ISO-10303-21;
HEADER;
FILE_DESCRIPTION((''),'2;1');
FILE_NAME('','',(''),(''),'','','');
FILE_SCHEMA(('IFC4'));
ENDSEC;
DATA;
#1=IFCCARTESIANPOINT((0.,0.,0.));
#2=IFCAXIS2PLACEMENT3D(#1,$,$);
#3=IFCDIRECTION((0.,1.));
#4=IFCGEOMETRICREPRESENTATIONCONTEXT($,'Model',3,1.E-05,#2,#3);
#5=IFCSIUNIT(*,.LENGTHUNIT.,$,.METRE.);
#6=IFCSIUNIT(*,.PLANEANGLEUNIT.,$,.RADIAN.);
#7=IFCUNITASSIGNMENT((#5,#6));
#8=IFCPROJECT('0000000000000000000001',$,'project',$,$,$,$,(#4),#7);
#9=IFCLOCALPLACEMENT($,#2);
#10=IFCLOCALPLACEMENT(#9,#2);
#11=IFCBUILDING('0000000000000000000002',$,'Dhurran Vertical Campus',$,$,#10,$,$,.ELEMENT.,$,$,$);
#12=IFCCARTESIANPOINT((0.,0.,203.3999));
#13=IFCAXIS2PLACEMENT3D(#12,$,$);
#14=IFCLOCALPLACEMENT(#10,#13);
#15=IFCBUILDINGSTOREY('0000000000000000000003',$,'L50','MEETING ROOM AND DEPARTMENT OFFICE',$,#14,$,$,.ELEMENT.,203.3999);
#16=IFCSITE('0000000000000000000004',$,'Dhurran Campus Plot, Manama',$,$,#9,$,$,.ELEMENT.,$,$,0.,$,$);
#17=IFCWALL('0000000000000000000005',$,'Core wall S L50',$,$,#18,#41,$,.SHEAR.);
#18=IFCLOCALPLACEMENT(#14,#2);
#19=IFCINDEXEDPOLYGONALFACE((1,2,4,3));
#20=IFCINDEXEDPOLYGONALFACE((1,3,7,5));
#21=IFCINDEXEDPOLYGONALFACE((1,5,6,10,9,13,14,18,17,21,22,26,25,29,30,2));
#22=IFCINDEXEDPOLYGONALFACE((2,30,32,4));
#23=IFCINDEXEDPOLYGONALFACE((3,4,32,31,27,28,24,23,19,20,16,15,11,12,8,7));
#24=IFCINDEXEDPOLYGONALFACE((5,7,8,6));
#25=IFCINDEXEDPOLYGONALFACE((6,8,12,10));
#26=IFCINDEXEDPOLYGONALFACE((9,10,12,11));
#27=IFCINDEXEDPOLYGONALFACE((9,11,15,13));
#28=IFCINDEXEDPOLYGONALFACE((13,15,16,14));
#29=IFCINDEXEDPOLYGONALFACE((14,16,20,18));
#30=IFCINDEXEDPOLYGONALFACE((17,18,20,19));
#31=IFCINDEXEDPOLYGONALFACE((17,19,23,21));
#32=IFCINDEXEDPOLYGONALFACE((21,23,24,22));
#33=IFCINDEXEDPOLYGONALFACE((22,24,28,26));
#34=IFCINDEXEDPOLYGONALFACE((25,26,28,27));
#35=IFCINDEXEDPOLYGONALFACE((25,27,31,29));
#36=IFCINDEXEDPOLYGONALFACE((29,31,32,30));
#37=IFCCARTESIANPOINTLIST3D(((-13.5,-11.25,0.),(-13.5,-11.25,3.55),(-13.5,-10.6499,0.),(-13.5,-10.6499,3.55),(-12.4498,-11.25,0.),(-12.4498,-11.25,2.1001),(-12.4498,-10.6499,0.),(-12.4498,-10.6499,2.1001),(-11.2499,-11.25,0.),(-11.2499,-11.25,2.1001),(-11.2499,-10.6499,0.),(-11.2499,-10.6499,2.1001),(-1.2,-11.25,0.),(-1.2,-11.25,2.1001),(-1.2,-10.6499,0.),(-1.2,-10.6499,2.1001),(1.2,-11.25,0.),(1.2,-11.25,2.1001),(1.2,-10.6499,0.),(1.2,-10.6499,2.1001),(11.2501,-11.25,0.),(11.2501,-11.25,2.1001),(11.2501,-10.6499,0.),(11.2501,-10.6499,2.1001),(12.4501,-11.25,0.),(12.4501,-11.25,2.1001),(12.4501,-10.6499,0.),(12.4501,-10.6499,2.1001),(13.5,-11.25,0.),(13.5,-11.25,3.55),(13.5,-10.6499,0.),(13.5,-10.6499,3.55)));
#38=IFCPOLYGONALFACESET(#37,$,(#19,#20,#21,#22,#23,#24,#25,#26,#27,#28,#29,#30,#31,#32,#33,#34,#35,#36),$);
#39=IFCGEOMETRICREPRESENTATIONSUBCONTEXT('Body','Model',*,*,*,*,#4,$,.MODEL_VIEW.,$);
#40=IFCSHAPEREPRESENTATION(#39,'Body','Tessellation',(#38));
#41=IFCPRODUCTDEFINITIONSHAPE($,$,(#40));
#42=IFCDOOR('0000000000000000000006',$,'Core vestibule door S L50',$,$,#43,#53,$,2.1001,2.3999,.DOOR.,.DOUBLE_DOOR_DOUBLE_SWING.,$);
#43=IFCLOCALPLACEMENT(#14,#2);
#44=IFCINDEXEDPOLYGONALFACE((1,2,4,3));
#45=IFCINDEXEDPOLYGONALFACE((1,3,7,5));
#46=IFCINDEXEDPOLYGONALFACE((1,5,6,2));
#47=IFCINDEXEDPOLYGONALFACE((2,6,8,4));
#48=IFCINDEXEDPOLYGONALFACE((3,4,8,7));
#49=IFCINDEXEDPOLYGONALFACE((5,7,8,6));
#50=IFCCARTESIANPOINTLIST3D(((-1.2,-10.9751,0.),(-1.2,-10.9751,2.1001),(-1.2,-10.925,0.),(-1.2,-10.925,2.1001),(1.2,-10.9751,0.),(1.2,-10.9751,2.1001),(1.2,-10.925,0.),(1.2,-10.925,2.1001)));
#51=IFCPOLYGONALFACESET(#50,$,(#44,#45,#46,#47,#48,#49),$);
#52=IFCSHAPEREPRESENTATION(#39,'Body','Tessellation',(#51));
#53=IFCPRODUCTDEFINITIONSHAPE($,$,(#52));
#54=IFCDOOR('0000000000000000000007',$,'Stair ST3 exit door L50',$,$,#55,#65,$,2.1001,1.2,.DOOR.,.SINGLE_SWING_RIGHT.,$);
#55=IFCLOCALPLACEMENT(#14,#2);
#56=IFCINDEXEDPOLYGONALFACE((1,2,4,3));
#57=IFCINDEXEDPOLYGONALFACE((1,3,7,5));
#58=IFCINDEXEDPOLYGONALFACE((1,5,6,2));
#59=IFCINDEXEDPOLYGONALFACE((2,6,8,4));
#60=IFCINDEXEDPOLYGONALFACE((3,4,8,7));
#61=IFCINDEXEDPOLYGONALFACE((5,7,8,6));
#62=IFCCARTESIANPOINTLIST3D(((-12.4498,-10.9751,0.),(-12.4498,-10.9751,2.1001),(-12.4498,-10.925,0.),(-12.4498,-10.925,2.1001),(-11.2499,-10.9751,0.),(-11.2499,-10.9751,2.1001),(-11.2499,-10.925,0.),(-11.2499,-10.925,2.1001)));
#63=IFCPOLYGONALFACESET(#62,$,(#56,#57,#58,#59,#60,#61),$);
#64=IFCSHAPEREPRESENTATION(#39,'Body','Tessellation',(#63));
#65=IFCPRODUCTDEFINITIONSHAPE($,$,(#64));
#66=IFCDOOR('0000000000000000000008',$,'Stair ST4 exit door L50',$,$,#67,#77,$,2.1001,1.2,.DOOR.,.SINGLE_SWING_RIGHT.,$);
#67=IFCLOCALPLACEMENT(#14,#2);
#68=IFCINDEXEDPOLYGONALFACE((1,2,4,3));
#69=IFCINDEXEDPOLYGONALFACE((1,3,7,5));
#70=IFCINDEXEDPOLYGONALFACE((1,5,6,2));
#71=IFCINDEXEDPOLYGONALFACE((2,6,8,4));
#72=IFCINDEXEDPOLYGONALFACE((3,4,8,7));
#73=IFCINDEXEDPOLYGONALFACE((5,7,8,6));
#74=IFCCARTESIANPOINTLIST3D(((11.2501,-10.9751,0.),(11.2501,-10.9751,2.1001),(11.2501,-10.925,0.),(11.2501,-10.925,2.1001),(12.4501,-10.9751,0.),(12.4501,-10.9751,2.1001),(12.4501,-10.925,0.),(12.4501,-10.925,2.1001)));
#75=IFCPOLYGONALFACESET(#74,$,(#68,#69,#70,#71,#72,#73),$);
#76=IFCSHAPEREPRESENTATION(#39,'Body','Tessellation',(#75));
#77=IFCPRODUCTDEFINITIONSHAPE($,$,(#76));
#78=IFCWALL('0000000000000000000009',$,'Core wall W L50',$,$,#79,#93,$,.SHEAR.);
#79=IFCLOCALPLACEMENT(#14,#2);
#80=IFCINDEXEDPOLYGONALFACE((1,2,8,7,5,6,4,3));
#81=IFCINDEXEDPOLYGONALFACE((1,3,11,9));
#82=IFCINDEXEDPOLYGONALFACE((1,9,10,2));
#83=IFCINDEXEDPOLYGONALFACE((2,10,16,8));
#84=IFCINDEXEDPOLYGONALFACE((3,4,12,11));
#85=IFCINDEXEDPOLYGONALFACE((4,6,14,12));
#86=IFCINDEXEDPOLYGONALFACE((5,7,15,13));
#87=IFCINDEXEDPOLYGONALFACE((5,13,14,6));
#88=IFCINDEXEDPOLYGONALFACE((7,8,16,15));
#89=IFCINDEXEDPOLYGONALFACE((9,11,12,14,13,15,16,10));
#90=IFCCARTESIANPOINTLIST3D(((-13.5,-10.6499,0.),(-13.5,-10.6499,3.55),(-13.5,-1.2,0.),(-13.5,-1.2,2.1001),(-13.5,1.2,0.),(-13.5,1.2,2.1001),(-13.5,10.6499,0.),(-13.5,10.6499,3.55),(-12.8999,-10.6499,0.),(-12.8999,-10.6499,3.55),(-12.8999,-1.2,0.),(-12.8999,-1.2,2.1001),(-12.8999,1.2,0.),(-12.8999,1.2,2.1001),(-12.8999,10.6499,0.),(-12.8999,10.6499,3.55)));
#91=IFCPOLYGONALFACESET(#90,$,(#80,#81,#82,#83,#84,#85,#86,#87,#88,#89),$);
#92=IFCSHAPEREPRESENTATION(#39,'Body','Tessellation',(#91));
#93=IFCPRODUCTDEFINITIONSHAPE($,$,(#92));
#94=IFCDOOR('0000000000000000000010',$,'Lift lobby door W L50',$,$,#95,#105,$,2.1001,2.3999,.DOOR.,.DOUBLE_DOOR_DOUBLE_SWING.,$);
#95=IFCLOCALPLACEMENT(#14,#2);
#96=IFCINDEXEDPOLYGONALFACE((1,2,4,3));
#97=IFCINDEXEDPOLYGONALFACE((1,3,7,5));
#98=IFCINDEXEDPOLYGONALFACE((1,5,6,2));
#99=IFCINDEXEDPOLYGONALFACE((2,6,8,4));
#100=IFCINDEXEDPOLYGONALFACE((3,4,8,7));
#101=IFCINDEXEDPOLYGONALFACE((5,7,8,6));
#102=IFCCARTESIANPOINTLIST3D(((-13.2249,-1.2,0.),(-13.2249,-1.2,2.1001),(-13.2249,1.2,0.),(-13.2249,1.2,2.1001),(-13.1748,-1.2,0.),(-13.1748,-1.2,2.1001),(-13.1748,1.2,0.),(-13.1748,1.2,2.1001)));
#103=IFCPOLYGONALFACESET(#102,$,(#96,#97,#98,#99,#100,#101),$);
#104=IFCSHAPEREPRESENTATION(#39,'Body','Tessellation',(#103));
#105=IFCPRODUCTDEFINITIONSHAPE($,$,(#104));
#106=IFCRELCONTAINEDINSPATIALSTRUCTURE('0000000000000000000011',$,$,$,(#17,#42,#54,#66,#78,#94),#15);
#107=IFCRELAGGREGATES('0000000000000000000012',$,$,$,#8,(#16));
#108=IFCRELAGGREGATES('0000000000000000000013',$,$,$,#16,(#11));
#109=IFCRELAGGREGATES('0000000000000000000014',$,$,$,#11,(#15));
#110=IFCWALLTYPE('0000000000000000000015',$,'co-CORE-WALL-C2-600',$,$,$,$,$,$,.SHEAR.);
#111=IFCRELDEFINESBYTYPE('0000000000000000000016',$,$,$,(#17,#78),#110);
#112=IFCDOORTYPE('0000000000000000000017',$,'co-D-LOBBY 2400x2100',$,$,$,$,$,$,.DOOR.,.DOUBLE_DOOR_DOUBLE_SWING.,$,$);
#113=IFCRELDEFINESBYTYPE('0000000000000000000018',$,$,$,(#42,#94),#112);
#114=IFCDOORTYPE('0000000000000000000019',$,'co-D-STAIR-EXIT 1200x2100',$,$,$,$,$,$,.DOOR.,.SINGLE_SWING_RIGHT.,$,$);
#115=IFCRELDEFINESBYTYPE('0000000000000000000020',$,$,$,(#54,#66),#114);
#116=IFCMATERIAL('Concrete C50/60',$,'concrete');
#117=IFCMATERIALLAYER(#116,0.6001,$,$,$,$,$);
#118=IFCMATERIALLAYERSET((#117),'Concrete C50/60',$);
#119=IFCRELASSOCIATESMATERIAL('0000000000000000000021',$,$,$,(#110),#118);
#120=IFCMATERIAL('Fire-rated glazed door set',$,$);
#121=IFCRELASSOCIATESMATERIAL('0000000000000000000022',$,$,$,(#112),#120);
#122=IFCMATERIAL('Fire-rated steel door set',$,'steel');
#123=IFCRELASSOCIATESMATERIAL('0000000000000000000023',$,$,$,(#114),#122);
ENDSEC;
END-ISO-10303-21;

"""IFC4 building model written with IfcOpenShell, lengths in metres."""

from ifc_helpers import new_model, si_unit, direction, frame, frame_2d, origin, place, context, subcontext, project, spatial, rectangle, extrude, material, layer, layer_set, type_object, element, fill, save


model = new_model("IFC4")

# Units and contexts
model_context = context("Model", 3, precision=1e-05, world=origin(), true_north=direction((0.0, 1.0)))
body_context = subcontext(model_context, "Body", "Model", "MODEL_VIEW")
ifc_project = project(units=[si_unit("LENGTHUNIT", "METRE"), si_unit("PLANEANGLEUNIT", "RADIAN")], contexts=[model_context])

# Site, building, storey
site_placement = place(None, origin())
site = spatial("IfcSite", under=ifc_project, at=site_placement, Name="Dhurran Campus Plot, Manama", CompositionType="ELEMENT", RefElevation=0.0)
building_placement = place(site_placement, origin())
building = spatial("IfcBuilding", under=site, at=building_placement, Name="Dhurran Vertical Campus", CompositionType="ELEMENT")
storey_placement = place(building_placement, frame((0.0, 0.0, 203.3999)))
storey = spatial("IfcBuildingStorey", under=building, at=storey_placement, Name="L50", Description="MEETING ROOM AND DEPARTMENT OFFICE", CompositionType="ELEMENT", Elevation=203.3999)

# Wall, openings, doors
ifc_material_1 = material(Name="Concrete C50/60", Category="concrete")
ifc_layer_1 = layer(ifc_material_1, 0.6001)
ifc_layer_set_1 = layer_set([ifc_layer_1], Name="Concrete C50/60")
wall_type_1 = type_object("IfcWallType", Name="co-CORE-WALL-C2-600", PredefinedType="SHEAR", material=ifc_layer_set_1)
wall_1_placement = place(storey_placement, frame((-13.5, -10.95, 0.0), z_axis=(0.0, 0.0, 1.0), x_axis=(1.0, 0.0, 0.0)))
wall_1 = element("IfcWall", 1, at=wall_1_placement, inside=storey, type_object=wall_type_1, Name="Core wall S L50", PredefinedType="SHEAR", context=body_context, shape_type="SweptSolid", body=[
    extrude(rectangle(XDim=27.0, YDim=0.6001, at=frame_2d((13.5, 0.0))), origin(), (0.0, 0.0, 1.0), 3.55),
])
opening_1_placement = place(wall_1_placement, frame((12.3, 0.0, 0.0)))
opening_1 = element("IfcOpeningElement", 2, at=opening_1_placement, cuts=wall_1, PredefinedType="OPENING", context=body_context, shape_type="SweptSolid", body=[
    extrude(rectangle(XDim=2.3999, YDim=2.1001, at=frame_2d((1.2, 1.05))), frame((0.0, 0.3101, 0.0), z_axis=(0.0, -1.0, 0.0), x_axis=(1.0, 0.0, 0.0)), (0.0, 0.0, 1.0), 0.6201),
])
opening_2_placement = place(wall_1_placement, frame((1.05, 0.0, 0.0)))
opening_2 = element("IfcOpeningElement", 3, at=opening_2_placement, cuts=wall_1, PredefinedType="OPENING", context=body_context, shape_type="SweptSolid", body=[
    extrude(rectangle(XDim=1.2, YDim=2.1001, at=frame_2d((0.6001, 1.05))), frame((0.0, 0.3101, 0.0), z_axis=(0.0, -1.0, 0.0), x_axis=(1.0, 0.0, 0.0)), (0.0, 0.0, 1.0), 0.6201),
])
opening_3_placement = place(wall_1_placement, frame((24.75, 0.0, 0.0)))
opening_3 = element("IfcOpeningElement", 4, at=opening_3_placement, cuts=wall_1, PredefinedType="OPENING", context=body_context, shape_type="SweptSolid", body=[
    extrude(rectangle(XDim=1.2, YDim=2.1001, at=frame_2d((0.6001, 1.05))), frame((0.0, 0.3101, 0.0), z_axis=(0.0, -1.0, 0.0), x_axis=(1.0, 0.0, 0.0)), (0.0, 0.0, 1.0), 0.6201),
])
ifc_material_2 = material(Name="Fire-rated glazed door set")
door_type_1 = type_object("IfcDoorType", Name="co-D-LOBBY 2400x2100", OperationType="DOUBLE_DOOR_DOUBLE_SWING", PredefinedType="DOOR", material=ifc_material_2)
door_1_placement = place(opening_1_placement, origin())
door_1 = element("IfcDoor", 5, at=door_1_placement, inside=storey, type_object=door_type_1, Name="Core vestibule door S L50", OperationType="DOUBLE_DOOR_DOUBLE_SWING", OverallHeight=2.1001, OverallWidth=2.3999, PredefinedType="DOOR", context=body_context, shape_type="SweptSolid", body=[
    extrude(rectangle(XDim=2.3999, YDim=2.1001, at=frame_2d((1.2, 1.05))), frame((0.0, 0.0249, 0.0), z_axis=(0.0, -1.0, 0.0), x_axis=(1.0, 0.0, 0.0)), (0.0, 0.0, 1.0), 0.05),
])
fill(opening_1, door_1)
ifc_material_3 = material(Name="Fire-rated steel door set", Category="steel")
door_type_2 = type_object("IfcDoorType", Name="co-D-STAIR-EXIT 1200x2100", OperationType="SINGLE_SWING_RIGHT", PredefinedType="DOOR", material=ifc_material_3)
door_2_placement = place(opening_2_placement, origin())
door_2 = element("IfcDoor", 6, at=door_2_placement, inside=storey, type_object=door_type_2, Name="Stair ST3 exit door L50", OperationType="SINGLE_SWING_RIGHT", OverallHeight=2.1001, OverallWidth=1.2, PredefinedType="DOOR", context=body_context, shape_type="SweptSolid", body=[
    extrude(rectangle(XDim=1.2, YDim=2.1001, at=frame_2d((0.6001, 1.05))), frame((0.0, 0.0249, 0.0), z_axis=(0.0, -1.0, 0.0), x_axis=(1.0, 0.0, 0.0)), (0.0, 0.0, 1.0), 0.05),
])
fill(opening_2, door_2)
door_3_placement = place(opening_3_placement, origin())
door_3 = element("IfcDoor", 7, at=door_3_placement, inside=storey, type_object=door_type_2, Name="Stair ST4 exit door L50", OperationType="SINGLE_SWING_RIGHT", OverallHeight=2.1001, OverallWidth=1.2, PredefinedType="DOOR", context=body_context, shape_type="SweptSolid", body=[
    extrude(rectangle(XDim=1.2, YDim=2.1001, at=frame_2d((0.6001, 1.05))), frame((0.0, 0.0249, 0.0), z_axis=(0.0, -1.0, 0.0), x_axis=(1.0, 0.0, 0.0)), (0.0, 0.0, 1.0), 0.05),
])
fill(opening_3, door_3)

# Wall, opening, door
wall_2_placement = place(storey_placement, frame((-13.2, -10.6499, 0.0), z_axis=(0.0, 0.0, 1.0), x_axis=(0.0, 1.0, 0.0)))
wall_2 = element("IfcWall", 8, at=wall_2_placement, inside=storey, type_object=wall_type_1, Name="Core wall W L50", PredefinedType="SHEAR", context=body_context, shape_type="SweptSolid", body=[
    extrude(rectangle(XDim=21.2998, YDim=0.6001, at=frame_2d((10.6499, 0.0))), origin(), (0.0, 0.0, 1.0), 3.55),
])
opening_4_placement = place(wall_2_placement, frame((9.45, 0.0, 0.0)))
opening_4 = element("IfcOpeningElement", 9, at=opening_4_placement, cuts=wall_2, PredefinedType="OPENING", context=body_context, shape_type="SweptSolid", body=[
    extrude(rectangle(XDim=2.3999, YDim=2.1001, at=frame_2d((1.2, 1.05))), frame((0.0, 0.3101, 0.0), z_axis=(0.0, -1.0, 0.0), x_axis=(1.0, 0.0, 0.0)), (0.0, 0.0, 1.0), 0.6201),
])
door_4_placement = place(opening_4_placement, origin())
door_4 = element("IfcDoor", 10, at=door_4_placement, inside=storey, type_object=door_type_1, Name="Lift lobby door W L50", OperationType="DOUBLE_DOOR_DOUBLE_SWING", OverallHeight=2.1001, OverallWidth=2.3999, PredefinedType="DOOR", context=body_context, shape_type="SweptSolid", body=[
    extrude(rectangle(XDim=2.3999, YDim=2.1001, at=frame_2d((1.2, 1.05))), frame((0.0, 0.0249, 0.0), z_axis=(0.0, -1.0, 0.0), x_axis=(1.0, 0.0, 0.0)), (0.0, 0.0, 1.0), 0.05),
])
fill(opening_4, door_4)

save(model, "model.ifc")
